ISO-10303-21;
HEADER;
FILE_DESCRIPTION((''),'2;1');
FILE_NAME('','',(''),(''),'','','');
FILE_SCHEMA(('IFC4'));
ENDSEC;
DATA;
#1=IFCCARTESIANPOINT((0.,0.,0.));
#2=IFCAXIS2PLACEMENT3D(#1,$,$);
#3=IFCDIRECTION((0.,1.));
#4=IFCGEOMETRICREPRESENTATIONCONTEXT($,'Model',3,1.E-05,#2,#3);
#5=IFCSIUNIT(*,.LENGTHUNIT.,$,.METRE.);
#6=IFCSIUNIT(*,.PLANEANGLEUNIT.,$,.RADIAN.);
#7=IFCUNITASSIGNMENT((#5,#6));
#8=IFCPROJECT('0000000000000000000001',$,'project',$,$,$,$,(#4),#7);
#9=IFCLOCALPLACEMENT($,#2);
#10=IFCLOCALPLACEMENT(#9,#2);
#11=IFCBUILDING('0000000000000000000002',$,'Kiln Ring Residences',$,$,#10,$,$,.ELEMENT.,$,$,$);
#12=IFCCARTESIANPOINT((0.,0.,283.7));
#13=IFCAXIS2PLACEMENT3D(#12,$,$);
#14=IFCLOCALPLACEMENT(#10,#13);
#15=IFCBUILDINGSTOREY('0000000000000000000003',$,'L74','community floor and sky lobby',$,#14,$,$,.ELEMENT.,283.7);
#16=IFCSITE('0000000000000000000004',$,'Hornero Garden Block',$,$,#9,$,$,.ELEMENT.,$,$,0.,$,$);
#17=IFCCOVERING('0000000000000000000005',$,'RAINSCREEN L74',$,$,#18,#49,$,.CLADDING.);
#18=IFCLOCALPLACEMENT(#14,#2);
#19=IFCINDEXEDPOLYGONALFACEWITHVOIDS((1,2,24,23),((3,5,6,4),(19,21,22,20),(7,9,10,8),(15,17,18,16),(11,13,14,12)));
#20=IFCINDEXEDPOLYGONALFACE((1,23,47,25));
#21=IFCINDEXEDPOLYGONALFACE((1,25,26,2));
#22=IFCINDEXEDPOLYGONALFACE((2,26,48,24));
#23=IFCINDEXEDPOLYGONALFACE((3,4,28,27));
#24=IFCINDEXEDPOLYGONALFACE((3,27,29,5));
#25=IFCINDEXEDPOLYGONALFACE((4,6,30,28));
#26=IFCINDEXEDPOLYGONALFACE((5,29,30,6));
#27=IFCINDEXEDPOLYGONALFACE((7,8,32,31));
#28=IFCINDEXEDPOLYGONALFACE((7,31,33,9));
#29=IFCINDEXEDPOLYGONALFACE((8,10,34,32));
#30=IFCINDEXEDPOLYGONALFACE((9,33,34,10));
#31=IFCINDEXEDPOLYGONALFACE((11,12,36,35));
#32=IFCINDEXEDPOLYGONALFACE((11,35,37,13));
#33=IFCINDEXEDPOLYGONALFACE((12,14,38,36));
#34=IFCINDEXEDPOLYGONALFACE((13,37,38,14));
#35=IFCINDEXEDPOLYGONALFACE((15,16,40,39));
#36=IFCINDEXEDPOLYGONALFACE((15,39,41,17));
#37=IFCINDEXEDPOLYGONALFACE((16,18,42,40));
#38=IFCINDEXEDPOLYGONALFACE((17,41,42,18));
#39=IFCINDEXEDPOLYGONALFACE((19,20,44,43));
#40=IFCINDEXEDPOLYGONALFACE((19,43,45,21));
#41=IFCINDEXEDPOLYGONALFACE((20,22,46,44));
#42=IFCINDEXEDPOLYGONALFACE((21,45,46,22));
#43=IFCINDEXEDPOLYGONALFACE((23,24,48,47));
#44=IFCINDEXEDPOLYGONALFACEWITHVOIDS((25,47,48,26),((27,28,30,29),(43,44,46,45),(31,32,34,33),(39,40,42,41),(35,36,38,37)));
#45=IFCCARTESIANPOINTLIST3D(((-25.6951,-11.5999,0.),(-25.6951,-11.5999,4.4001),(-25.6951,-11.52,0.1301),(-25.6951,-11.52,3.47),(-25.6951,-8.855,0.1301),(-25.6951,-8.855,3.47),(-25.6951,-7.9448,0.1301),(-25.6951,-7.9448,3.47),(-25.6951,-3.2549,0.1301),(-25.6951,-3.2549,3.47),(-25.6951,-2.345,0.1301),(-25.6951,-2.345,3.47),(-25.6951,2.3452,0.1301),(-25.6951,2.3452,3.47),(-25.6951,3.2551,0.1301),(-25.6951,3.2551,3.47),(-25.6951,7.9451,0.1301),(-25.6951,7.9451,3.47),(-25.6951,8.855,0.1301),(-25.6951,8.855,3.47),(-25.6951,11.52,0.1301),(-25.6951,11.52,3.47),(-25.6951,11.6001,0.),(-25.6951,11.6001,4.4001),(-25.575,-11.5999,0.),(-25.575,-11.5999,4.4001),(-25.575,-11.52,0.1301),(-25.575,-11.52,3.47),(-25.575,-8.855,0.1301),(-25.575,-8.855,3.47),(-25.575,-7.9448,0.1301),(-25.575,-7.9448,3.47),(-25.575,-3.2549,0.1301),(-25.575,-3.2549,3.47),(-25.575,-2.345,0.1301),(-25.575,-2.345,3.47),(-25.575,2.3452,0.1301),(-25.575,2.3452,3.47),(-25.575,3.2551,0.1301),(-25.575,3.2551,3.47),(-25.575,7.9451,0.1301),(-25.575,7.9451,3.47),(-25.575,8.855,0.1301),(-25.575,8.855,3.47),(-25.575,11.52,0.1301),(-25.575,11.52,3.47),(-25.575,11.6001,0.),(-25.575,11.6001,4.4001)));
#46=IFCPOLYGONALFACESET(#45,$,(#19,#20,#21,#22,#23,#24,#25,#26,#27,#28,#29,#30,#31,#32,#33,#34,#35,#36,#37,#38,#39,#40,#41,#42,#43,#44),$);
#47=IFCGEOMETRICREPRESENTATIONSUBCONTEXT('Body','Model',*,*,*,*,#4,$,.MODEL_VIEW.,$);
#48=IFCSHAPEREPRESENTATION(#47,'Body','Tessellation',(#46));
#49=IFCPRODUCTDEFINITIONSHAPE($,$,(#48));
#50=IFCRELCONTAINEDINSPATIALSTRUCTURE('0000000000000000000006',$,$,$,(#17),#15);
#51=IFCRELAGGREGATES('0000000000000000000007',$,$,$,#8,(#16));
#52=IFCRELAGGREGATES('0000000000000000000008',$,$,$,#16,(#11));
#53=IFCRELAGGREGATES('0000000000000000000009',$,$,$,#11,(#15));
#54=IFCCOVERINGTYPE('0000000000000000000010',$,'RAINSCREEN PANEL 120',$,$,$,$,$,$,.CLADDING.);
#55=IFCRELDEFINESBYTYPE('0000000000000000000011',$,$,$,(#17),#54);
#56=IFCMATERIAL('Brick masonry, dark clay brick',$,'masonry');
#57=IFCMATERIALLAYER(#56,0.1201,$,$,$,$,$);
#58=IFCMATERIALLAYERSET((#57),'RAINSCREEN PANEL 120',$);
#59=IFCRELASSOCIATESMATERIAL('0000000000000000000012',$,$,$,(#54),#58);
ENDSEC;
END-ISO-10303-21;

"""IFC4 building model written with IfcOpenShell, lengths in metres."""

from ifc_helpers import new_model, si_unit, direction, frame, origin, place, context, subcontext, project, spatial, polyline, outline, extrude, material, layer, layer_set, type_object, element, save


model = new_model("IFC4")

# Units and contexts
model_context = context("Model", 3, precision=1e-05, world=origin(), true_north=direction((0.0, 1.0)))
body_context = subcontext(model_context, "Body", "Model", "MODEL_VIEW")
ifc_project = project(units=[si_unit("LENGTHUNIT", "METRE"), si_unit("PLANEANGLEUNIT", "RADIAN")], contexts=[model_context])

# Site, building, storey
site_placement = place(None, origin())
site = spatial("IfcSite", under=ifc_project, at=site_placement, Name="Hornero Garden Block", CompositionType="ELEMENT", RefElevation=0.0)
building_placement = place(site_placement, origin())
building = spatial("IfcBuilding", under=site, at=building_placement, Name="Kiln Ring Residences", CompositionType="ELEMENT")
storey_placement = place(building_placement, frame((0.0, 0.0, 283.7)))
storey = spatial("IfcBuildingStorey", under=building, at=storey_placement, Name="L74", Description="community floor and sky lobby", CompositionType="ELEMENT", Elevation=283.7)

# Covering
ifc_material_1 = material(Name="Brick masonry, dark clay brick", Category="masonry")
ifc_layer_1 = layer(ifc_material_1, 0.1201)
ifc_layer_set_1 = layer_set([ifc_layer_1], Name="RAINSCREEN PANEL 120")
covering_type = type_object("IfcCoveringType", Name="RAINSCREEN PANEL 120", PredefinedType="CLADDING", material=ifc_layer_set_1)
covering_1_placement = place(storey_placement, frame((-25.635, 11.6001, 0.0), z_axis=(0.0, 0.0, 1.0), x_axis=(0.0, -1.0, 0.0)))
element("IfcCovering", 1, at=covering_1_placement, inside=storey, type_object=covering_type, Name="RAINSCREEN L74", PredefinedType="CLADDING", context=body_context, shape_type="SweptSolid", body=[
    extrude(outline(polyline([(0.0, 0.0), (23.2, 0.0), (23.2, 4.4001), (0.0, 4.4001), (0.0, 0.0)]), holes=[polyline([(2.7451, 0.1301), (2.7451, 3.47), (0.0801, 3.47), (0.0801, 0.1301), (2.7451, 0.1301)]), polyline([(8.345, 0.1301), (8.345, 3.47), (3.655, 3.47), (3.655, 0.1301), (8.345, 0.1301)]), polyline([(13.9451, 0.1301), (13.9451, 3.47), (9.2549, 3.47), (9.2549, 0.1301), (13.9451, 0.1301)]), polyline([(14.855, 0.1301), (19.5449, 0.1301), (19.5449, 3.47), (14.855, 3.47), (14.855, 0.1301)]), polyline([(20.4551, 0.1301), (23.1201, 0.1301), (23.1201, 3.47), (20.4551, 3.47), (20.4551, 0.1301)])]), frame((0.0, 0.0601, 0.0), z_axis=(0.0, -1.0, 0.0), x_axis=(1.0, 0.0, 0.0)), (0.0, 0.0, 1.0), 0.1201),
])

save(model, "model.ifc")
